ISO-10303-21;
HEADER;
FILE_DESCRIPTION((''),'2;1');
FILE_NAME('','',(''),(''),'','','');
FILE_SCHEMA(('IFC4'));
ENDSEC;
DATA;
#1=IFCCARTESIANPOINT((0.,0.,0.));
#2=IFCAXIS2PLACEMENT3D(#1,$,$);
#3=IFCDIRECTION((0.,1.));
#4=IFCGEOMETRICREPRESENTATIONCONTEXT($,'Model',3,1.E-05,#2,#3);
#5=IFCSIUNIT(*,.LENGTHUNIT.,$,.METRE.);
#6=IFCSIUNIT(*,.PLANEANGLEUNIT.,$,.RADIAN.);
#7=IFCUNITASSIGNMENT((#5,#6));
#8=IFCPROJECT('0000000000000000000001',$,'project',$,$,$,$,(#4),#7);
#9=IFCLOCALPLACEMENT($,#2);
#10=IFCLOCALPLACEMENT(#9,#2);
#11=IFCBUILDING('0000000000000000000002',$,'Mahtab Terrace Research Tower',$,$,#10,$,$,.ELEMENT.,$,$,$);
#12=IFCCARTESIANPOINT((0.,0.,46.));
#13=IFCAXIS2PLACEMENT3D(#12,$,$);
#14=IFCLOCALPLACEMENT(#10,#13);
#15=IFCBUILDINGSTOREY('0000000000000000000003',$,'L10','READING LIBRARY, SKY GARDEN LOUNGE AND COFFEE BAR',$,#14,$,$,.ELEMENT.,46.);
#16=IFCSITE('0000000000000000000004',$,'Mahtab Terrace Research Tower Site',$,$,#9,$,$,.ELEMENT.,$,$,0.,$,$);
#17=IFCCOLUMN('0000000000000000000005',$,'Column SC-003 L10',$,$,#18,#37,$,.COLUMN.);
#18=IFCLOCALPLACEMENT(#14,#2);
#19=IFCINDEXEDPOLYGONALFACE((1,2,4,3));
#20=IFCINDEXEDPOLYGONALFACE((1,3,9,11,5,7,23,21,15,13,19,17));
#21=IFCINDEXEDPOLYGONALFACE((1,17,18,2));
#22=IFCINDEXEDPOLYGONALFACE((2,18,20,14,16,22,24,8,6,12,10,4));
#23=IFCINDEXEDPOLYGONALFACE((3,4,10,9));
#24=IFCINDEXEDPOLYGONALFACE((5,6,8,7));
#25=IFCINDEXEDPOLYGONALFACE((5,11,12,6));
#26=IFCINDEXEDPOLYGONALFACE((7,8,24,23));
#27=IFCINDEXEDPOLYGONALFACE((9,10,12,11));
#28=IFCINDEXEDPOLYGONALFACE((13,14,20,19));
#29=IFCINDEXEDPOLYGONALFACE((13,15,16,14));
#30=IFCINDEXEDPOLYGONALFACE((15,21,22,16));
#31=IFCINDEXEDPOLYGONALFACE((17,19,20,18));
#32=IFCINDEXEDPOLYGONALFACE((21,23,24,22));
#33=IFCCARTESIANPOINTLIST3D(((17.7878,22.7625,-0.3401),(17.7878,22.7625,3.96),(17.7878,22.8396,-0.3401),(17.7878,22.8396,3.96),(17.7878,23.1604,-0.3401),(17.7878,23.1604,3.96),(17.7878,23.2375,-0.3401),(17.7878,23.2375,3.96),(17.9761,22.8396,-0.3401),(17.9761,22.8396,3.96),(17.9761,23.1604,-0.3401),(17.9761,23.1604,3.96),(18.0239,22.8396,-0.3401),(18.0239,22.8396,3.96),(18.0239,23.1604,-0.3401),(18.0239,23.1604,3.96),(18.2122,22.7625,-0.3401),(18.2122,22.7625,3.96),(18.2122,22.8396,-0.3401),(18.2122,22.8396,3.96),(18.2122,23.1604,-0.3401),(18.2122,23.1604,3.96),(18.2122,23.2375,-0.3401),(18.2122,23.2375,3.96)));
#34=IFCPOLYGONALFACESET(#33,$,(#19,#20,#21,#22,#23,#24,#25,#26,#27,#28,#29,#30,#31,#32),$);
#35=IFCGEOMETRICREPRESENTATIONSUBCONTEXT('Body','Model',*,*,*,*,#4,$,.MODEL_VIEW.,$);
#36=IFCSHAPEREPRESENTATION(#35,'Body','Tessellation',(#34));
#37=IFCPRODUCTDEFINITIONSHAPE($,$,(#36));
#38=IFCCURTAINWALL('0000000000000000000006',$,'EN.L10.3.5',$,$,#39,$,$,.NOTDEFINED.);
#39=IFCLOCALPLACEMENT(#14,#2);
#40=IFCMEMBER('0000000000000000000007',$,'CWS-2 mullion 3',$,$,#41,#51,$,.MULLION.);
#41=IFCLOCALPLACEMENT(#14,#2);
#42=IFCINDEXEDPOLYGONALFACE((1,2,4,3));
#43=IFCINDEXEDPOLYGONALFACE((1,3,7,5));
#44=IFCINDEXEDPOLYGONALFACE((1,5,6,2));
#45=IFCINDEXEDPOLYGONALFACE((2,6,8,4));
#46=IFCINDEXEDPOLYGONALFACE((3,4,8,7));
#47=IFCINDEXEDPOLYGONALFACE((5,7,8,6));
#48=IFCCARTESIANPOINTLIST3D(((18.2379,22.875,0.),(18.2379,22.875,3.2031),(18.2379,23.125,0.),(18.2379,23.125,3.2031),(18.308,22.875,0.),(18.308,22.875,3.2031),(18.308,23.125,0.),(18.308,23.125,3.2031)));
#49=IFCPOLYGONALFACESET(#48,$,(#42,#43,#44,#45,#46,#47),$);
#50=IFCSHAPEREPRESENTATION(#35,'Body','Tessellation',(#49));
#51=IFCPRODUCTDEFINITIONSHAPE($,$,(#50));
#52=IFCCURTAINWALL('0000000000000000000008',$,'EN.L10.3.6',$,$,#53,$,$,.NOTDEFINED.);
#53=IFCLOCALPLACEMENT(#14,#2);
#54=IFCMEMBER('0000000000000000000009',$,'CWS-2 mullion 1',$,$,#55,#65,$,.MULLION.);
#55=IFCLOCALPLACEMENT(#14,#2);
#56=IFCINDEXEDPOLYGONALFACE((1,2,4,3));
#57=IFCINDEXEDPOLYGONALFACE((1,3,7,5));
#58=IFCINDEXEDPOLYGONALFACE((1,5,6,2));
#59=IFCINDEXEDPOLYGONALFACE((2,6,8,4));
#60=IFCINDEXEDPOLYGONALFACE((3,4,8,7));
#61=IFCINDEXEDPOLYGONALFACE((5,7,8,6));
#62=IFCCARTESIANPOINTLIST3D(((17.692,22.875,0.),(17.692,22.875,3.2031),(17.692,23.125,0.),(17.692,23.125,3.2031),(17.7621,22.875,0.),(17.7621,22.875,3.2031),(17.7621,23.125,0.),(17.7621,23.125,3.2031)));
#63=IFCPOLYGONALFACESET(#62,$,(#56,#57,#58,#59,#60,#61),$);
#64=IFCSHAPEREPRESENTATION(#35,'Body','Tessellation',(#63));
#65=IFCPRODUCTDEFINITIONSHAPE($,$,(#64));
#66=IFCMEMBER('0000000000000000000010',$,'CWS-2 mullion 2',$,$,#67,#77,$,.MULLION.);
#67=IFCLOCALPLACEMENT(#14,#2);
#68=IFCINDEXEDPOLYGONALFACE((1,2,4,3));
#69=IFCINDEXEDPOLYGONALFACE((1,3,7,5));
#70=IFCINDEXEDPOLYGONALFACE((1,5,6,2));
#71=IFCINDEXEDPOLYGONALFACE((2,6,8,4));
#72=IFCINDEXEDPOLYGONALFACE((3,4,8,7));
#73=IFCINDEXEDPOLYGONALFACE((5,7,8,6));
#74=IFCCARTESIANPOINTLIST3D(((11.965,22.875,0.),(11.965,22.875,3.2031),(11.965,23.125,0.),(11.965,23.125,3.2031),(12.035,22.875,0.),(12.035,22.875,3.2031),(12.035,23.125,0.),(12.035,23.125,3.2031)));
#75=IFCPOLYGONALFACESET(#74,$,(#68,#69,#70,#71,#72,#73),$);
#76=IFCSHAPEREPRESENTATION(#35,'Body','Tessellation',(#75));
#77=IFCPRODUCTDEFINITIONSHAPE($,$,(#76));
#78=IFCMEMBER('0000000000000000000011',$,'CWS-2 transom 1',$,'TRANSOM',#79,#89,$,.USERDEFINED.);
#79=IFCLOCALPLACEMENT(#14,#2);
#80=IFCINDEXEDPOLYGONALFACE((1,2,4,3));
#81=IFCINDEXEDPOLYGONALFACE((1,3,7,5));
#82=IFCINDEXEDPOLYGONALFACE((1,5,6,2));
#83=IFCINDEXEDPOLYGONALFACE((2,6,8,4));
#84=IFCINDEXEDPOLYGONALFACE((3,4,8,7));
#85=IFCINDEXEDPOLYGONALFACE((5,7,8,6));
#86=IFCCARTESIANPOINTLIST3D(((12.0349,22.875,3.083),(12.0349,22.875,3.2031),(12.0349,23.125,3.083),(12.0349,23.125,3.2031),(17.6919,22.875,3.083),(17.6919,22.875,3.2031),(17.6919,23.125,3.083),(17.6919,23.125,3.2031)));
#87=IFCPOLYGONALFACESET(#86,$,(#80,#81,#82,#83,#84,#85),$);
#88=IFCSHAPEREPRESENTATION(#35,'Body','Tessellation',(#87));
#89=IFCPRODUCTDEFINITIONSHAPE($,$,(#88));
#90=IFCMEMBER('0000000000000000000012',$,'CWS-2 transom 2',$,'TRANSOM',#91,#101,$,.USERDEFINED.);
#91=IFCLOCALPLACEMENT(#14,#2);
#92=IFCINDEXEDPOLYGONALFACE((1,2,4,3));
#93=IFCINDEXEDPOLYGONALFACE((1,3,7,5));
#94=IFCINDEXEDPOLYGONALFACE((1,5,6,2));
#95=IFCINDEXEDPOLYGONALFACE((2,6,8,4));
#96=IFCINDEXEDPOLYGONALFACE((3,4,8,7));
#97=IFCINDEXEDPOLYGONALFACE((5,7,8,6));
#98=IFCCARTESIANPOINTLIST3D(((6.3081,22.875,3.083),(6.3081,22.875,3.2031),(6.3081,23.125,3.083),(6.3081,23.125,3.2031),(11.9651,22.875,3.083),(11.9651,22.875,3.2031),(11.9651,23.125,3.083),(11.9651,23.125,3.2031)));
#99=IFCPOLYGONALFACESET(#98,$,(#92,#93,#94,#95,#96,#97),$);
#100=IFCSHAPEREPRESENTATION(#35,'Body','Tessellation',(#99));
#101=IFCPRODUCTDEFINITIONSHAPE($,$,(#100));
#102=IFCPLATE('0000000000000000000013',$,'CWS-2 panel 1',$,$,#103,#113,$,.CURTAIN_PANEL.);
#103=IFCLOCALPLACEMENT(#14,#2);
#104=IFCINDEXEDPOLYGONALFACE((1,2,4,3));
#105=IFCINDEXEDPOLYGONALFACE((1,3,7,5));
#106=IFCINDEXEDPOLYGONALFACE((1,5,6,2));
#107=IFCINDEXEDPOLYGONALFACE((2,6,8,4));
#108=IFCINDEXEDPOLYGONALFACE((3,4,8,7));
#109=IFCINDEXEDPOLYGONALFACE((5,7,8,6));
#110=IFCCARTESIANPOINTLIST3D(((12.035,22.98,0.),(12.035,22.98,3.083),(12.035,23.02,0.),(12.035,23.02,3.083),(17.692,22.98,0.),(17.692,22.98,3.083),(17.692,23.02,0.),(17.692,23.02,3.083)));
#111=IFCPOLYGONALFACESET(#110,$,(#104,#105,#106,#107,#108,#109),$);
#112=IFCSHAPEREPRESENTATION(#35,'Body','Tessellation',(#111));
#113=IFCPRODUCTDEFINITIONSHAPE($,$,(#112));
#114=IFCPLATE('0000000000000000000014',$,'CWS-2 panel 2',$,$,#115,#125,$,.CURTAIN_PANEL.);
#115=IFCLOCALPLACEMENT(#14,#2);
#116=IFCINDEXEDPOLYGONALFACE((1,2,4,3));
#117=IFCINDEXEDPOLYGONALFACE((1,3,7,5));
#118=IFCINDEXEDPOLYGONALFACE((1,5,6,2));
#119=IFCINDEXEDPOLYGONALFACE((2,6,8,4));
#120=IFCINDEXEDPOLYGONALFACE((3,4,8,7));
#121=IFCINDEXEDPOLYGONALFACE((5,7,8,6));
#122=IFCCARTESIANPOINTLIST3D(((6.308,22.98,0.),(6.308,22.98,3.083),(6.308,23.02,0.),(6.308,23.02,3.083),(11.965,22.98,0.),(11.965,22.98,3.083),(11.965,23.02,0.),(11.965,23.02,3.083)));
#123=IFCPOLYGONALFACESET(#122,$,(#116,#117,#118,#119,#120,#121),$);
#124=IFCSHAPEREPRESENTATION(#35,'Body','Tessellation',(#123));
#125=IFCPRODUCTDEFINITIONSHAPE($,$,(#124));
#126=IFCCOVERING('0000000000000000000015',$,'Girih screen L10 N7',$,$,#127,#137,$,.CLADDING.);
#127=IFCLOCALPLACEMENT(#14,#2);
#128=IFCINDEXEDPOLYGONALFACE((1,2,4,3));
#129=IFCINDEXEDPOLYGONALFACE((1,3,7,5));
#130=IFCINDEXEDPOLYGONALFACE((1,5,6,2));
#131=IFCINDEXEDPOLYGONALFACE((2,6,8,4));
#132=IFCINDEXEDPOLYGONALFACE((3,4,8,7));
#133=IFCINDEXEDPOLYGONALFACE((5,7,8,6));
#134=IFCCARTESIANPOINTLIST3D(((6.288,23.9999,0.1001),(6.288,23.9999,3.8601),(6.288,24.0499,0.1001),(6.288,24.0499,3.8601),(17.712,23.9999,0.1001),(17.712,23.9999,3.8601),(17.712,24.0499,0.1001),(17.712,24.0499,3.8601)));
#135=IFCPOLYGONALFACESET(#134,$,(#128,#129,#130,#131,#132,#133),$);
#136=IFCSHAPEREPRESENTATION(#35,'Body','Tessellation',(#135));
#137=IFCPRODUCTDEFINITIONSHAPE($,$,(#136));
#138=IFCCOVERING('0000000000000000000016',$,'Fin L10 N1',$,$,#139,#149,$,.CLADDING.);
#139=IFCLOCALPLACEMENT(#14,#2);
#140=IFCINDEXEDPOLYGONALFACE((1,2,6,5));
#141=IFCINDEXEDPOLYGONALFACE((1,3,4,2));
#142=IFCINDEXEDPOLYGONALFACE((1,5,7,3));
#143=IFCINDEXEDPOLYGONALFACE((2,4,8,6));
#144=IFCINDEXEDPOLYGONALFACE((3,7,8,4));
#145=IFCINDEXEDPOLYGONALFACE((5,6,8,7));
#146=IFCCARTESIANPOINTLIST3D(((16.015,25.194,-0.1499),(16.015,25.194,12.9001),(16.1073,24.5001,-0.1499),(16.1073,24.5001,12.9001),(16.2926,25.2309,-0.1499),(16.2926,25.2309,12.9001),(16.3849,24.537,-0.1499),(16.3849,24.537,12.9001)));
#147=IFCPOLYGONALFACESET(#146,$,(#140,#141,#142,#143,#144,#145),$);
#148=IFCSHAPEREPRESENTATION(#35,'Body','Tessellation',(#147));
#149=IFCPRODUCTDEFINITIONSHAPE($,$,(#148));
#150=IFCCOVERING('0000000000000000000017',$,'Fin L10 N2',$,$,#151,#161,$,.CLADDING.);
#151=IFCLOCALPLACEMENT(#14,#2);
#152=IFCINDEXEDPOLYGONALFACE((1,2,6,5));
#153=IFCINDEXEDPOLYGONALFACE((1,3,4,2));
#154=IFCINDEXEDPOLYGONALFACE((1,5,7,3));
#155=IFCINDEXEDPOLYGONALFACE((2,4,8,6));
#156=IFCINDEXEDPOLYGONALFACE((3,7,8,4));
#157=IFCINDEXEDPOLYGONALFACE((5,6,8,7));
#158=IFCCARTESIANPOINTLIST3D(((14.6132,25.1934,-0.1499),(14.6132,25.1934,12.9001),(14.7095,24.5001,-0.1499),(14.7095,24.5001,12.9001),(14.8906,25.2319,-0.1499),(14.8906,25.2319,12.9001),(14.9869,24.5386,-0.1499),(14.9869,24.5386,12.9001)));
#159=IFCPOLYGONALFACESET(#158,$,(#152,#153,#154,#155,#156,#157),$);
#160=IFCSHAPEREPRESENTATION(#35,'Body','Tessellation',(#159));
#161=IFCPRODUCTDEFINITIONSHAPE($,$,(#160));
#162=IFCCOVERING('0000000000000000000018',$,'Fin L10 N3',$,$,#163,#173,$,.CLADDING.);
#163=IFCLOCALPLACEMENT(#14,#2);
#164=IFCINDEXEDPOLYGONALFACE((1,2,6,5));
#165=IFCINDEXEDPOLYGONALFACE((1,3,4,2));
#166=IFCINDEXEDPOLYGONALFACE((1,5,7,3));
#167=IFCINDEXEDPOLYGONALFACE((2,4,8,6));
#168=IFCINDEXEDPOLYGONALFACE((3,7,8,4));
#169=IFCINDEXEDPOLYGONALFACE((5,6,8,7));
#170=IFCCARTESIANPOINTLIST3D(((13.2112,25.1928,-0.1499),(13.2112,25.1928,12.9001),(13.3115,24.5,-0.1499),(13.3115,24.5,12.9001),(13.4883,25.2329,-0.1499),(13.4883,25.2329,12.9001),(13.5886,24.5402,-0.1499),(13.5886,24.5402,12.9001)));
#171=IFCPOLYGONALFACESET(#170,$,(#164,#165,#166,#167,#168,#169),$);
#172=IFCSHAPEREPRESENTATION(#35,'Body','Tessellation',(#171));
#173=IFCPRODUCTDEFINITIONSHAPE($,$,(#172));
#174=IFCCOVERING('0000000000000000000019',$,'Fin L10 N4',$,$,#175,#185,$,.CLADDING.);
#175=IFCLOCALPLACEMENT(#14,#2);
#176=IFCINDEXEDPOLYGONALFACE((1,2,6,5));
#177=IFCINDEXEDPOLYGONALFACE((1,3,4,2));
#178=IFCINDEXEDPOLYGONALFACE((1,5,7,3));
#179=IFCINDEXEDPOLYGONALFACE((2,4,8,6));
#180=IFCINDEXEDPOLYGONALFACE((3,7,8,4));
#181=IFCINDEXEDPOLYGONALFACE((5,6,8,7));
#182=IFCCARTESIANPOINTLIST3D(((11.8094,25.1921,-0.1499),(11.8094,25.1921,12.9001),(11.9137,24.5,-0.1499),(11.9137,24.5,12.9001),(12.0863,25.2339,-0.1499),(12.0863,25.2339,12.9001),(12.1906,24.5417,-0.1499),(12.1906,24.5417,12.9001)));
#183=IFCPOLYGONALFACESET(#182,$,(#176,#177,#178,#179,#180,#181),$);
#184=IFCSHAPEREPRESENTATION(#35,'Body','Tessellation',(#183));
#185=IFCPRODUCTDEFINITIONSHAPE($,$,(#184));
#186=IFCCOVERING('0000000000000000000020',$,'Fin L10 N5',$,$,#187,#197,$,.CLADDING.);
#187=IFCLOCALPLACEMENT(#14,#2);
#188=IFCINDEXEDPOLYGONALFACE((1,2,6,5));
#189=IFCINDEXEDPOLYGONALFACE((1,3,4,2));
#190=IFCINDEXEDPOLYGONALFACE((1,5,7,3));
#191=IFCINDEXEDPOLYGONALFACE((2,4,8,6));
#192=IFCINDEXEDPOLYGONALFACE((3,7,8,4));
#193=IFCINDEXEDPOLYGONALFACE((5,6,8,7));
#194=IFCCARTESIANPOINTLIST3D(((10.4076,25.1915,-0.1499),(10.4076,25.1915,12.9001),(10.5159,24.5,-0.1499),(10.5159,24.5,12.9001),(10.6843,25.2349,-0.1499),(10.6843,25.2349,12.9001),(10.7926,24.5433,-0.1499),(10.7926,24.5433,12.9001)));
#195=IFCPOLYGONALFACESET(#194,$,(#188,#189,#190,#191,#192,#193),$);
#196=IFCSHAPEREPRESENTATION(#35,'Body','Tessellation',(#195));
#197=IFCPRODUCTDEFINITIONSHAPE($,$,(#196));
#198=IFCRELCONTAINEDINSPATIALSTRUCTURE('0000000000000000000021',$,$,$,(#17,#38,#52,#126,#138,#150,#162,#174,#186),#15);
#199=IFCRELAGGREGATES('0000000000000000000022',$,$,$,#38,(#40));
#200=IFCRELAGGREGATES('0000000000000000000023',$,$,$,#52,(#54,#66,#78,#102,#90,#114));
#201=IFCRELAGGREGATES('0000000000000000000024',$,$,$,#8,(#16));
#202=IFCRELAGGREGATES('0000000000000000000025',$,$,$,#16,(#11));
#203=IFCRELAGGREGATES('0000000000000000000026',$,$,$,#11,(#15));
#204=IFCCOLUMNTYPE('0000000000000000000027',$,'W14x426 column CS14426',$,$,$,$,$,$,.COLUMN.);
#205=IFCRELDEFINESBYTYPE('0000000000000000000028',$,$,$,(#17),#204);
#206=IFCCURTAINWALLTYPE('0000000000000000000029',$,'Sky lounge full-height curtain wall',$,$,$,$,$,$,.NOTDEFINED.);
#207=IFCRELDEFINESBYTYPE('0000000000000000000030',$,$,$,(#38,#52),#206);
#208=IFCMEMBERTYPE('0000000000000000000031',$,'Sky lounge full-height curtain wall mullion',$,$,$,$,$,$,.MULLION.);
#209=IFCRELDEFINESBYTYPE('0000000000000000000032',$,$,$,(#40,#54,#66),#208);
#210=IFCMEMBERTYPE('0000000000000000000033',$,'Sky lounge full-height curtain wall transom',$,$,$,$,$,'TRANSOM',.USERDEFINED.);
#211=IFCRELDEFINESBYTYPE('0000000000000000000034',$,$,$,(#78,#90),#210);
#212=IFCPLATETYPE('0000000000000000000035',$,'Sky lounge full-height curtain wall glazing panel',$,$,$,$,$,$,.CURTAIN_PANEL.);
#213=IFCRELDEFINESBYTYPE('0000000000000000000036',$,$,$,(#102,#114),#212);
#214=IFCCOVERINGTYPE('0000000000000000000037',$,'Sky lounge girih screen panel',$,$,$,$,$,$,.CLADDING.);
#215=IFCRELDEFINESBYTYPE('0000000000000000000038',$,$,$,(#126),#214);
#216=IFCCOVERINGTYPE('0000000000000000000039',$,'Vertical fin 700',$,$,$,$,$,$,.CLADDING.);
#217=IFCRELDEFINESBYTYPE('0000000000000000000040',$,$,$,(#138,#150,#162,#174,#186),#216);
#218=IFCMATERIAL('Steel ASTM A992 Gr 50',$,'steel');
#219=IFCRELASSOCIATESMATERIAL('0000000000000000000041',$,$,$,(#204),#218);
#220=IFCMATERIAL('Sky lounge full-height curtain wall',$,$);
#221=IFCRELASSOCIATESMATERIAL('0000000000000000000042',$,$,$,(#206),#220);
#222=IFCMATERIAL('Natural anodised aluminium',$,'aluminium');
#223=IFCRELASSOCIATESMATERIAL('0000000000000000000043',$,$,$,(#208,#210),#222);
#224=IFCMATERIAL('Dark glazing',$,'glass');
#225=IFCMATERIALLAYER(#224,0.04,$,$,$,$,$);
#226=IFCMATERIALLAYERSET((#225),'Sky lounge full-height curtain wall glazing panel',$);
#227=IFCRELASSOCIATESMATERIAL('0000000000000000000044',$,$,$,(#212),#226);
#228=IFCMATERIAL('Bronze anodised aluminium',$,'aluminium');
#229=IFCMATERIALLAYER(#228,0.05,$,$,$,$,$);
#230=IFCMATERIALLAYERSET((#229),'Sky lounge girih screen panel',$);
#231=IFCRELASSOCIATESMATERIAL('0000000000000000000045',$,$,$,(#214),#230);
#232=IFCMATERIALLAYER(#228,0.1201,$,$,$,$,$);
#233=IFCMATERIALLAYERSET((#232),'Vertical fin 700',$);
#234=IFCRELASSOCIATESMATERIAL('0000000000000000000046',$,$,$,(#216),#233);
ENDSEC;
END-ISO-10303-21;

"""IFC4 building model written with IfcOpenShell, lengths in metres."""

from ifc_helpers import new_model, si_unit, direction, frame, origin, origin_2d, place, context, subcontext, project, spatial, rectangle, i_section, extrude, material, layer, layer_set, material_profile, profile_set, type_object, element, aggregate, save


model = new_model("IFC4")

# Units and contexts
model_context = context("Model", 3, precision=1e-05, world=origin(), true_north=direction((0.0, 1.0)))
body_context = subcontext(model_context, "Body", "Model", "MODEL_VIEW")
ifc_project = project(units=[si_unit("LENGTHUNIT", "METRE"), si_unit("PLANEANGLEUNIT", "RADIAN")], contexts=[model_context])

# Site, building, storey
site_placement = place(None, origin())
site = spatial("IfcSite", under=ifc_project, at=site_placement, Name="Mahtab Terrace Research Tower Site", CompositionType="ELEMENT", RefElevation=0.0)
building_placement = place(site_placement, origin())
building = spatial("IfcBuilding", under=site, at=building_placement, Name="Mahtab Terrace Research Tower", CompositionType="ELEMENT")
storey_placement = place(building_placement, frame((0.0, 0.0, 46.0)))
storey = spatial("IfcBuildingStorey", under=building, at=storey_placement, Name="L10", Description="READING LIBRARY, SKY GARDEN LOUNGE AND COFFEE BAR", CompositionType="ELEMENT", Elevation=46.0)

# Column
ifc_material_1 = material(Name="Steel ASTM A992 Gr 50", Category="steel")
ifc_material_profile_1 = material_profile(ifc_material_1, i_section(OverallWidth=0.4243, OverallDepth=0.4751, WebThickness=0.0479, FlangeThickness=0.0771, at=origin_2d()), Name="W14X426")
ifc_profile_set_1 = profile_set([ifc_material_profile_1], Name="Steel ASTM A992 Gr 50")
column_type = type_object("IfcColumnType", Name="W14x426 column CS14426", PredefinedType="COLUMN", material=ifc_profile_set_1)
column_placement = place(storey_placement, frame((18.0, 23.0, -0.3401), z_axis=(0.0, 0.0, 1.0), x_axis=(1.0, 0.0, 0.0)))
element("IfcColumn", 1, at=column_placement, inside=storey, type_object=column_type, Name="Column SC-003 L10", PredefinedType="COLUMN", context=body_context, shape_type="SweptSolid", body=[
    extrude(i_section(OverallWidth=0.4243, OverallDepth=0.4751, WebThickness=0.0479, FlangeThickness=0.0771, at=origin_2d()), origin(), (0.0, 0.0, 1.0), 4.3),
])

# Curtain wall, member
ifc_material_2 = material(Name="Sky lounge full-height curtain wall")
curtain_wall_type = type_object("IfcCurtainWallType", Name="Sky lounge full-height curtain wall", PredefinedType="NOTDEFINED", material=ifc_material_2)
curtain_wall_1_placement = place(storey_placement, origin())
curtain_wall_1 = element("IfcCurtainWall", 2, at=curtain_wall_1_placement, inside=storey, type_object=curtain_wall_type, Name="EN.L10.3.5", PredefinedType="NOTDEFINED")
ifc_material_3 = material(Name="Natural anodised aluminium", Category="aluminium")
ifc_material_profile_2 = material_profile(ifc_material_3, rectangle(XDim=0.25, YDim=0.0701, at=origin_2d()), Name="MULLION 70x250")
ifc_profile_set_2 = profile_set([ifc_material_profile_2], Name="Natural anodised aluminium")
member_type_1 = type_object("IfcMemberType", Name="Sky lounge full-height curtain wall mullion", PredefinedType="MULLION", material=ifc_profile_set_2)
member_1_placement = place(storey_placement, frame((18.2729, 23.0, 0.0), z_axis=(0.0, 0.0, 1.0), x_axis=(0.0, -1.0, 0.0)))
member_1 = element("IfcMember", 3, at=member_1_placement, type_object=member_type_1, Name="CWS-2 mullion 3", PredefinedType="MULLION", context=body_context, shape_type="SweptSolid", body=[
    extrude(rectangle(XDim=0.25, YDim=0.0701, at=origin_2d()), origin(), (0.0, 0.0, 1.0), 3.2031),
])
aggregate(curtain_wall_1, [member_1])

# Curtain wall, members, plates
curtain_wall_2_placement = place(storey_placement, origin())
curtain_wall_2 = element("IfcCurtainWall", 4, at=curtain_wall_2_placement, inside=storey, type_object=curtain_wall_type, Name="EN.L10.3.6", PredefinedType="NOTDEFINED")
member_2_placement = place(storey_placement, frame((17.7271, 23.0, 0.0), z_axis=(0.0, 0.0, 1.0), x_axis=(0.0, -1.0, 0.0)))
member_2 = element("IfcMember", 5, at=member_2_placement, type_object=member_type_1, Name="CWS-2 mullion 1", PredefinedType="MULLION", context=body_context, shape_type="SweptSolid", body=[
    extrude(rectangle(XDim=0.25, YDim=0.0701, at=origin_2d()), origin(), (0.0, 0.0, 1.0), 3.2031),
])
member_3_placement = place(storey_placement, frame((12.0, 23.0, 0.0), z_axis=(0.0, 0.0, 1.0), x_axis=(0.0, -1.0, 0.0)))
member_3 = element("IfcMember", 6, at=member_3_placement, type_object=member_type_1, Name="CWS-2 mullion 2", PredefinedType="MULLION", context=body_context, shape_type="SweptSolid", body=[
    extrude(rectangle(XDim=0.25, YDim=0.0701, at=origin_2d()), origin(), (0.0, 0.0, 1.0), 3.2031),
])
ifc_material_profile_3 = material_profile(ifc_material_3, rectangle(XDim=0.25, YDim=0.1201, at=origin_2d()), Name="TRANSOM 120x250")
ifc_profile_set_3 = profile_set([ifc_material_profile_3], Name="Natural anodised aluminium")
member_type_2 = type_object("IfcMemberType", Name="Sky lounge full-height curtain wall transom", ElementType="TRANSOM", PredefinedType="USERDEFINED", material=ifc_profile_set_3)
member_4_placement = place(storey_placement, frame((17.6919, 23.0, 3.1431), z_axis=(-1.0, 0.0, 0.0), x_axis=(0.0, -1.0, 0.0)))
member_4 = element("IfcMember", 7, at=member_4_placement, type_object=member_type_2, Name="CWS-2 transom 1", ObjectType="TRANSOM", PredefinedType="USERDEFINED", context=body_context, shape_type="SweptSolid", body=[
    extrude(rectangle(XDim=0.25, YDim=0.1201, at=origin_2d()), origin(), (0.0, 0.0, 1.0), 5.657),
])
member_5_placement = place(storey_placement, frame((11.9651, 23.0, 3.1431), z_axis=(-1.0, 0.0, 0.0), x_axis=(0.0, -1.0, 0.0)))
member_5 = element("IfcMember", 8, at=member_5_placement, type_object=member_type_2, Name="CWS-2 transom 2", ObjectType="TRANSOM", PredefinedType="USERDEFINED", context=body_context, shape_type="SweptSolid", body=[
    extrude(rectangle(XDim=0.25, YDim=0.1201, at=origin_2d()), origin(), (0.0, 0.0, 1.0), 5.657),
])
ifc_material_4 = material(Name="Dark glazing", Category="glass")
ifc_layer_1 = layer(ifc_material_4, 0.04)
ifc_layer_set_1 = layer_set([ifc_layer_1], Name="Sky lounge full-height curtain wall glazing panel")
plate_type = type_object("IfcPlateType", Name="Sky lounge full-height curtain wall glazing panel", PredefinedType="CURTAIN_PANEL", material=ifc_layer_set_1)
plate_1_placement = place(storey_placement, frame((14.8635, 23.0, 0.0), z_axis=(0.0, 0.0, 1.0), x_axis=(-1.0, 0.0, 0.0)))
plate_1 = element("IfcPlate", 9, at=plate_1_placement, type_object=plate_type, Name="CWS-2 panel 1", PredefinedType="CURTAIN_PANEL", context=body_context, shape_type="SweptSolid", body=[
    extrude(rectangle(XDim=5.657, YDim=0.04, at=origin_2d()), origin(), (0.0, 0.0, 1.0), 3.083),
])
plate_2_placement = place(storey_placement, frame((9.1365, 23.0, 0.0), z_axis=(0.0, 0.0, 1.0), x_axis=(-1.0, 0.0, 0.0)))
plate_2 = element("IfcPlate", 10, at=plate_2_placement, type_object=plate_type, Name="CWS-2 panel 2", PredefinedType="CURTAIN_PANEL", context=body_context, shape_type="SweptSolid", body=[
    extrude(rectangle(XDim=5.657, YDim=0.04, at=origin_2d()), origin(), (0.0, 0.0, 1.0), 3.083),
])
aggregate(curtain_wall_2, [member_2, member_3, member_4, plate_1, member_5, plate_2])

# Coverings
ifc_material_5 = material(Name="Bronze anodised aluminium", Category="aluminium")
ifc_layer_2 = layer(ifc_material_5, 0.05)
ifc_layer_set_2 = layer_set([ifc_layer_2], Name="Sky lounge girih screen panel")
covering_type_1 = type_object("IfcCoveringType", Name="Sky lounge girih screen panel", PredefinedType="CLADDING", material=ifc_layer_set_2)
covering_placement = place(storey_placement, frame((12.0, 24.0249, 0.1001), z_axis=(0.0, 0.0, 1.0), x_axis=(-1.0, 0.0, 0.0)))
element("IfcCovering", 11, at=covering_placement, inside=storey, type_object=covering_type_1, Name="Girih screen L10 N7", PredefinedType="CLADDING", context=body_context, shape_type="SweptSolid", body=[
    extrude(rectangle(XDim=11.4241, YDim=0.05, at=origin_2d()), origin(), (0.0, 0.0, 1.0), 3.76),
])
ifc_layer_3 = layer(ifc_material_5, 0.1201)
ifc_layer_set_3 = layer_set([ifc_layer_3], Name="Vertical fin 700")
covering_type_2 = type_object("IfcCoveringType", Name="Vertical fin 700", PredefinedType="CLADDING", material=ifc_layer_set_3)
for number, where, z_axis, x_axis, name in (
    (12, (16.2, 24.8655, -0.1499), (0.0, 0.0, 1.0), (-0.991281, -0.131762, 0.0), "Fin L10 N1"),
    (13, (14.8, 24.866, -0.1499), (0.0, 0.0, 1.0), (-0.990498, -0.137527, 0.0), "Fin L10 N2"),
    (14, (13.3999, 24.8665, -0.1499), (0.0, 0.0, 1.0), (-0.989681, -0.143287, 0.0), "Fin L10 N3"),
    (15, (12.0, 24.8669, -0.1499), (0.0, 0.0, 1.0), (-0.988831, -0.149042, 0.0), "Fin L10 N4"),
    (16, (10.6001, 24.8674, -0.1499), (0.0, 0.0, 1.0), (-0.987947, -0.154792, 0.0), "Fin L10 N5"),
):
    element("IfcCovering", number, at=place(storey_placement, frame(where, z_axis=z_axis, x_axis=x_axis)), inside=storey, type_object=covering_type_2, Name=name, PredefinedType="CLADDING", context=body_context, shape_type="SweptSolid", body=[
        extrude(rectangle(XDim=0.28, YDim=0.7, at=origin_2d()), origin(), (0.0, 0.0, 1.0), 13.05),
    ])

save(model, "model.ifc")
